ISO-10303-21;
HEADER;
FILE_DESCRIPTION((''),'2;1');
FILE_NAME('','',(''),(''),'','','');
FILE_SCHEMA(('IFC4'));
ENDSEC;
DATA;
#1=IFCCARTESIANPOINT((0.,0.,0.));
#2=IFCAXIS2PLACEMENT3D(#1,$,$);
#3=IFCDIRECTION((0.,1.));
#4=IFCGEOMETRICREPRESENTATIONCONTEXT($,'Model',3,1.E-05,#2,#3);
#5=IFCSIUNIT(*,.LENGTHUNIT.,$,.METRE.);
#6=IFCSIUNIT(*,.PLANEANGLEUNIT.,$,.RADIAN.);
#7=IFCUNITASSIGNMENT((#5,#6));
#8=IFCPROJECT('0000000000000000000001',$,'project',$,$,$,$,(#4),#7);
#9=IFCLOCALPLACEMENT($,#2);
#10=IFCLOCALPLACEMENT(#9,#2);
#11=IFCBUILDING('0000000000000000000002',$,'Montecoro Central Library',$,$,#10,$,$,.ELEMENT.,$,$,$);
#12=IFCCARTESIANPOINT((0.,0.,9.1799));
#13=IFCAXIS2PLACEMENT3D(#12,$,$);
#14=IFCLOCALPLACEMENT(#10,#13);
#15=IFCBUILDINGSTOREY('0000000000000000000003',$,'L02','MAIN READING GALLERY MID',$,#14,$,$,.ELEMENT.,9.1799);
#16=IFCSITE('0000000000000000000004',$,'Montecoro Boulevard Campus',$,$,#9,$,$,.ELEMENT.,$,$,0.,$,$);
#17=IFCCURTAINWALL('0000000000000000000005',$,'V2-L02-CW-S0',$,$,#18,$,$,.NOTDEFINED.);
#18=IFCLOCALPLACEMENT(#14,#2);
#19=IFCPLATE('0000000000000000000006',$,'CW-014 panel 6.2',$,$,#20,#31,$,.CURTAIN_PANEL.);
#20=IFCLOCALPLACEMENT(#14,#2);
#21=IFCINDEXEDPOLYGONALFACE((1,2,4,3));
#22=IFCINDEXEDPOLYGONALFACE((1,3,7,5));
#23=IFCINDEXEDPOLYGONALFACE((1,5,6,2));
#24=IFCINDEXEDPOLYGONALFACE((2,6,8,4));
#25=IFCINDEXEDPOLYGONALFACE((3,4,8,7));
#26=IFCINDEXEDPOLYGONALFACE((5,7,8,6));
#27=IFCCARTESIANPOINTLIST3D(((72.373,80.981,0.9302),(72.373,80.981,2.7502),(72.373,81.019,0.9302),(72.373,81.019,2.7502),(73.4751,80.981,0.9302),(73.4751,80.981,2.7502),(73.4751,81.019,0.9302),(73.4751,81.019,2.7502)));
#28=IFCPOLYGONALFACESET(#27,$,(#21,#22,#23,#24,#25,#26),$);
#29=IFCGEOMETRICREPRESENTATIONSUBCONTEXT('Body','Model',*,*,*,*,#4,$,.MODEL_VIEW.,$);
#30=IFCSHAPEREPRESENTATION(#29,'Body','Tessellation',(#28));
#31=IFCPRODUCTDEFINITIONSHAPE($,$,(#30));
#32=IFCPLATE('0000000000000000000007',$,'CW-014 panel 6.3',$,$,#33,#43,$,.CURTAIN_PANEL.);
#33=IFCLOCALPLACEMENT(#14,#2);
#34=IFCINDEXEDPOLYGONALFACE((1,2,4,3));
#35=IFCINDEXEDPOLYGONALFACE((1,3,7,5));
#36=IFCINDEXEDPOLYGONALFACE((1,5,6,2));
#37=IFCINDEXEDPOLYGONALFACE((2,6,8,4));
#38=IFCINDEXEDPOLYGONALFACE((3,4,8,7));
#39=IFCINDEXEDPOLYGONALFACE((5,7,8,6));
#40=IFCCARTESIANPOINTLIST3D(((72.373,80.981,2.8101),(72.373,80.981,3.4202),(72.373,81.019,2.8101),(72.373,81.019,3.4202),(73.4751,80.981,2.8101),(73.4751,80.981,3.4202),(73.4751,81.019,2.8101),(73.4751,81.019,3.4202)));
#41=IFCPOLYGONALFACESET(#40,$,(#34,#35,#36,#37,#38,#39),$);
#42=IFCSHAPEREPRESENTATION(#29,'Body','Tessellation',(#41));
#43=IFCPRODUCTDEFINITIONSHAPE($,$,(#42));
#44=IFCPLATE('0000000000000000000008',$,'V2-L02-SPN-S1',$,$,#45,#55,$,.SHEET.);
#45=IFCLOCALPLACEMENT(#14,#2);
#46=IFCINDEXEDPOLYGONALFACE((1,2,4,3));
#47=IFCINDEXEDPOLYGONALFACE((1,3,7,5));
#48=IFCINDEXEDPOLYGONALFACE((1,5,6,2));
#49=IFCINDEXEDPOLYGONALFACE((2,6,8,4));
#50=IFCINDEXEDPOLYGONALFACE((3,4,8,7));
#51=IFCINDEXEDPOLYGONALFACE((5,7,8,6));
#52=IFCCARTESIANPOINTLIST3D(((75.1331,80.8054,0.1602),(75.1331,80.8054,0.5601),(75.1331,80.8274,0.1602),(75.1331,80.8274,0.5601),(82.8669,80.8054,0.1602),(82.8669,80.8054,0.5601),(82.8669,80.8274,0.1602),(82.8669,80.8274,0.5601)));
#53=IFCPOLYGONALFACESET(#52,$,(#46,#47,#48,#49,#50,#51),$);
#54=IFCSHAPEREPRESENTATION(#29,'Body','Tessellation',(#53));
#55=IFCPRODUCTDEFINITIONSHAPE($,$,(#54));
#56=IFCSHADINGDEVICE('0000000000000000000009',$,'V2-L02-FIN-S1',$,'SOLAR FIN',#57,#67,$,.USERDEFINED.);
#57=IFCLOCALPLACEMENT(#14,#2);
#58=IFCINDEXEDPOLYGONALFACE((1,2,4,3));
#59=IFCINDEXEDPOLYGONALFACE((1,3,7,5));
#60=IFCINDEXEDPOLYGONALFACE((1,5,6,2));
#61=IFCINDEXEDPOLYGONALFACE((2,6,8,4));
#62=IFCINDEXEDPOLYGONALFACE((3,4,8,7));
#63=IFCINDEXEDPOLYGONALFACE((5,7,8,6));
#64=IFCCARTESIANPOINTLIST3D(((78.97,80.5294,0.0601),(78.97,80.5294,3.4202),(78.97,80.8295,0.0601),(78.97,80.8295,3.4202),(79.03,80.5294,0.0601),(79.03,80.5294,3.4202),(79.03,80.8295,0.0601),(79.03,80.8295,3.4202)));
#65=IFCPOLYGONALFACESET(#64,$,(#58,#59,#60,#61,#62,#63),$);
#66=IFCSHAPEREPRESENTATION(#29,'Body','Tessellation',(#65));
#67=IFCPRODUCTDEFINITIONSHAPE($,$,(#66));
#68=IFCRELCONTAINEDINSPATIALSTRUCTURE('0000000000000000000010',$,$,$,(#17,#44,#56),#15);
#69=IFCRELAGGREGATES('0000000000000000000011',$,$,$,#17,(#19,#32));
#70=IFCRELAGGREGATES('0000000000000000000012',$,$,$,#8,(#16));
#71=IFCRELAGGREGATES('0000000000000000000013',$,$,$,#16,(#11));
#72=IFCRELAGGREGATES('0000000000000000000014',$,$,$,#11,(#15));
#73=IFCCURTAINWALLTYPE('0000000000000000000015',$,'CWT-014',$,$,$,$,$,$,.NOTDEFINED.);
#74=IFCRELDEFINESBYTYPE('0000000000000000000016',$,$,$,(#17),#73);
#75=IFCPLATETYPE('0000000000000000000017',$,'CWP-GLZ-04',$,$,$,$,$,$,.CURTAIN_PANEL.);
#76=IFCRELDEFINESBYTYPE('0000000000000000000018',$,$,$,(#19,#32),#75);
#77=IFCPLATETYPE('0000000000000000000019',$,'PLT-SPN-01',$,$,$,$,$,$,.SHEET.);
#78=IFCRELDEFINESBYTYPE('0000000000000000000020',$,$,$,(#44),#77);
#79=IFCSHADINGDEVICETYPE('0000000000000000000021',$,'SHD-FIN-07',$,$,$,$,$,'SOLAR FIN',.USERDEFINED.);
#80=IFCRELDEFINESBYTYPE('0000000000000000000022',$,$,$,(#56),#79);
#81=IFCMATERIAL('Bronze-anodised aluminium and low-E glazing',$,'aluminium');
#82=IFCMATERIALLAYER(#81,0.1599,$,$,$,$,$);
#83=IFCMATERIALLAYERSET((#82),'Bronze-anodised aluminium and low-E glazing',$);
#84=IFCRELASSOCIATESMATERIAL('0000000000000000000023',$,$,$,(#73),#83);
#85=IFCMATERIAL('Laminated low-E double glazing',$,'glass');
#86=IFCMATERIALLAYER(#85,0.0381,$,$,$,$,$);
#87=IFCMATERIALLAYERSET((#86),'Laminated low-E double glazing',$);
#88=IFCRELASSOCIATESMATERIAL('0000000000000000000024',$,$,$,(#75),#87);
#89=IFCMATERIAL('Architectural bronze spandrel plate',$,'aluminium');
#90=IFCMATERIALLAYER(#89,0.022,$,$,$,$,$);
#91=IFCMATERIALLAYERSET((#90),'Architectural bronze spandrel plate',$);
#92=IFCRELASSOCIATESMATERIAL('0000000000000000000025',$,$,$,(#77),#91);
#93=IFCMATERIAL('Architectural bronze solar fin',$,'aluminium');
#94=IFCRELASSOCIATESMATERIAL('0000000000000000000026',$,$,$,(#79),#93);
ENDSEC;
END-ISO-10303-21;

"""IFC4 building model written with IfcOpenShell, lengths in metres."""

from ifc_helpers import new_model, si_unit, direction, frame, origin, origin_2d, place, context, subcontext, project, spatial, rectangle, extrude, material, layer, layer_set, type_object, element, aggregate, save


model = new_model("IFC4")

# Units and contexts
model_context = context("Model", 3, precision=1e-05, world=origin(), true_north=direction((0.0, 1.0)))
body_context = subcontext(model_context, "Body", "Model", "MODEL_VIEW")
ifc_project = project(units=[si_unit("LENGTHUNIT", "METRE"), si_unit("PLANEANGLEUNIT", "RADIAN")], contexts=[model_context])

# Site, building, storey
site_placement = place(None, origin())
site = spatial("IfcSite", under=ifc_project, at=site_placement, Name="Montecoro Boulevard Campus", CompositionType="ELEMENT", RefElevation=0.0)
building_placement = place(site_placement, origin())
building = spatial("IfcBuilding", under=site, at=building_placement, Name="Montecoro Central Library", CompositionType="ELEMENT")
storey_placement = place(building_placement, frame((0.0, 0.0, 9.1799)))
storey = spatial("IfcBuildingStorey", under=building, at=storey_placement, Name="L02", Description="MAIN READING GALLERY MID", CompositionType="ELEMENT", Elevation=9.1799)

# Curtain wall, plates
ifc_material_1 = material(Name="Bronze-anodised aluminium and low-E glazing", Category="aluminium")
ifc_layer_1 = layer(ifc_material_1, 0.1599)
ifc_layer_set_1 = layer_set([ifc_layer_1], Name="Bronze-anodised aluminium and low-E glazing")
curtain_wall_type = type_object("IfcCurtainWallType", Name="CWT-014", PredefinedType="NOTDEFINED", material=ifc_layer_set_1)
curtain_wall_placement = place(storey_placement, origin())
curtain_wall = element("IfcCurtainWall", 1, at=curtain_wall_placement, inside=storey, type_object=curtain_wall_type, Name="V2-L02-CW-S0", PredefinedType="NOTDEFINED")
ifc_material_2 = material(Name="Laminated low-E double glazing", Category="glass")
ifc_layer_2 = layer(ifc_material_2, 0.0381)
ifc_layer_set_2 = layer_set([ifc_layer_2], Name="Laminated low-E double glazing")
plate_type_1 = type_object("IfcPlateType", Name="CWP-GLZ-04", PredefinedType="CURTAIN_PANEL", material=ifc_layer_set_2)
plate_1_placement = place(storey_placement, frame((72.9241, 81.0, 0.9302), z_axis=(0.0, 0.0, 1.0), x_axis=(1.0, 0.0, 0.0)))
plate_1 = element("IfcPlate", 2, at=plate_1_placement, type_object=plate_type_1, Name="CW-014 panel 6.2", PredefinedType="CURTAIN_PANEL", context=body_context, shape_type="SweptSolid", body=[
    extrude(rectangle(XDim=1.1021, YDim=0.0381, at=origin_2d()), origin(), (0.0, 0.0, 1.0), 1.8201),
])
plate_2_placement = place(storey_placement, frame((72.9241, 81.0, 2.8101), z_axis=(0.0, 0.0, 1.0), x_axis=(1.0, 0.0, 0.0)))
plate_2 = element("IfcPlate", 3, at=plate_2_placement, type_object=plate_type_1, Name="CW-014 panel 6.3", PredefinedType="CURTAIN_PANEL", context=body_context, shape_type="SweptSolid", body=[
    extrude(rectangle(XDim=1.1021, YDim=0.0381, at=origin_2d()), origin(), (0.0, 0.0, 1.0), 0.6101),
])
aggregate(curtain_wall, [plate_1, plate_2])

# Plate
ifc_material_3 = material(Name="Architectural bronze spandrel plate", Category="aluminium")
ifc_layer_3 = layer(ifc_material_3, 0.022)
ifc_layer_set_3 = layer_set([ifc_layer_3], Name="Architectural bronze spandrel plate")
plate_type_2 = type_object("IfcPlateType", Name="PLT-SPN-01", PredefinedType="SHEET", material=ifc_layer_set_3)
plate_3_placement = place(storey_placement, frame((79.0, 80.8164, 0.1602), z_axis=(0.0, 0.0, 1.0), x_axis=(1.0, 0.0, 0.0)))
element("IfcPlate", 4, at=plate_3_placement, inside=storey, type_object=plate_type_2, Name="V2-L02-SPN-S1", PredefinedType="SHEET", context=body_context, shape_type="SweptSolid", body=[
    extrude(rectangle(XDim=7.7339, YDim=0.022, at=origin_2d()), origin(), (0.0, 0.0, 1.0), 0.3999),
])

# Shading device
ifc_material_4 = material(Name="Architectural bronze solar fin", Category="aluminium")
shading_device_type = type_object("IfcShadingDeviceType", Name="SHD-FIN-07", ElementType="SOLAR FIN", PredefinedType="USERDEFINED", material=ifc_material_4)
shading_device_placement = place(storey_placement, frame((79.0, 80.6794, 0.0601), z_axis=(0.0, 0.0, 1.0), x_axis=(1.0, 0.0, 0.0)))
element("IfcShadingDevice", 5, at=shading_device_placement, inside=storey, type_object=shading_device_type, Name="V2-L02-FIN-S1", ObjectType="SOLAR FIN", PredefinedType="USERDEFINED", context=body_context, shape_type="SweptSolid", body=[
    extrude(rectangle(XDim=0.0601, YDim=0.3, at=origin_2d()), origin(), (0.0, 0.0, 1.0), 3.3601),
])

save(model, "model.ifc")
